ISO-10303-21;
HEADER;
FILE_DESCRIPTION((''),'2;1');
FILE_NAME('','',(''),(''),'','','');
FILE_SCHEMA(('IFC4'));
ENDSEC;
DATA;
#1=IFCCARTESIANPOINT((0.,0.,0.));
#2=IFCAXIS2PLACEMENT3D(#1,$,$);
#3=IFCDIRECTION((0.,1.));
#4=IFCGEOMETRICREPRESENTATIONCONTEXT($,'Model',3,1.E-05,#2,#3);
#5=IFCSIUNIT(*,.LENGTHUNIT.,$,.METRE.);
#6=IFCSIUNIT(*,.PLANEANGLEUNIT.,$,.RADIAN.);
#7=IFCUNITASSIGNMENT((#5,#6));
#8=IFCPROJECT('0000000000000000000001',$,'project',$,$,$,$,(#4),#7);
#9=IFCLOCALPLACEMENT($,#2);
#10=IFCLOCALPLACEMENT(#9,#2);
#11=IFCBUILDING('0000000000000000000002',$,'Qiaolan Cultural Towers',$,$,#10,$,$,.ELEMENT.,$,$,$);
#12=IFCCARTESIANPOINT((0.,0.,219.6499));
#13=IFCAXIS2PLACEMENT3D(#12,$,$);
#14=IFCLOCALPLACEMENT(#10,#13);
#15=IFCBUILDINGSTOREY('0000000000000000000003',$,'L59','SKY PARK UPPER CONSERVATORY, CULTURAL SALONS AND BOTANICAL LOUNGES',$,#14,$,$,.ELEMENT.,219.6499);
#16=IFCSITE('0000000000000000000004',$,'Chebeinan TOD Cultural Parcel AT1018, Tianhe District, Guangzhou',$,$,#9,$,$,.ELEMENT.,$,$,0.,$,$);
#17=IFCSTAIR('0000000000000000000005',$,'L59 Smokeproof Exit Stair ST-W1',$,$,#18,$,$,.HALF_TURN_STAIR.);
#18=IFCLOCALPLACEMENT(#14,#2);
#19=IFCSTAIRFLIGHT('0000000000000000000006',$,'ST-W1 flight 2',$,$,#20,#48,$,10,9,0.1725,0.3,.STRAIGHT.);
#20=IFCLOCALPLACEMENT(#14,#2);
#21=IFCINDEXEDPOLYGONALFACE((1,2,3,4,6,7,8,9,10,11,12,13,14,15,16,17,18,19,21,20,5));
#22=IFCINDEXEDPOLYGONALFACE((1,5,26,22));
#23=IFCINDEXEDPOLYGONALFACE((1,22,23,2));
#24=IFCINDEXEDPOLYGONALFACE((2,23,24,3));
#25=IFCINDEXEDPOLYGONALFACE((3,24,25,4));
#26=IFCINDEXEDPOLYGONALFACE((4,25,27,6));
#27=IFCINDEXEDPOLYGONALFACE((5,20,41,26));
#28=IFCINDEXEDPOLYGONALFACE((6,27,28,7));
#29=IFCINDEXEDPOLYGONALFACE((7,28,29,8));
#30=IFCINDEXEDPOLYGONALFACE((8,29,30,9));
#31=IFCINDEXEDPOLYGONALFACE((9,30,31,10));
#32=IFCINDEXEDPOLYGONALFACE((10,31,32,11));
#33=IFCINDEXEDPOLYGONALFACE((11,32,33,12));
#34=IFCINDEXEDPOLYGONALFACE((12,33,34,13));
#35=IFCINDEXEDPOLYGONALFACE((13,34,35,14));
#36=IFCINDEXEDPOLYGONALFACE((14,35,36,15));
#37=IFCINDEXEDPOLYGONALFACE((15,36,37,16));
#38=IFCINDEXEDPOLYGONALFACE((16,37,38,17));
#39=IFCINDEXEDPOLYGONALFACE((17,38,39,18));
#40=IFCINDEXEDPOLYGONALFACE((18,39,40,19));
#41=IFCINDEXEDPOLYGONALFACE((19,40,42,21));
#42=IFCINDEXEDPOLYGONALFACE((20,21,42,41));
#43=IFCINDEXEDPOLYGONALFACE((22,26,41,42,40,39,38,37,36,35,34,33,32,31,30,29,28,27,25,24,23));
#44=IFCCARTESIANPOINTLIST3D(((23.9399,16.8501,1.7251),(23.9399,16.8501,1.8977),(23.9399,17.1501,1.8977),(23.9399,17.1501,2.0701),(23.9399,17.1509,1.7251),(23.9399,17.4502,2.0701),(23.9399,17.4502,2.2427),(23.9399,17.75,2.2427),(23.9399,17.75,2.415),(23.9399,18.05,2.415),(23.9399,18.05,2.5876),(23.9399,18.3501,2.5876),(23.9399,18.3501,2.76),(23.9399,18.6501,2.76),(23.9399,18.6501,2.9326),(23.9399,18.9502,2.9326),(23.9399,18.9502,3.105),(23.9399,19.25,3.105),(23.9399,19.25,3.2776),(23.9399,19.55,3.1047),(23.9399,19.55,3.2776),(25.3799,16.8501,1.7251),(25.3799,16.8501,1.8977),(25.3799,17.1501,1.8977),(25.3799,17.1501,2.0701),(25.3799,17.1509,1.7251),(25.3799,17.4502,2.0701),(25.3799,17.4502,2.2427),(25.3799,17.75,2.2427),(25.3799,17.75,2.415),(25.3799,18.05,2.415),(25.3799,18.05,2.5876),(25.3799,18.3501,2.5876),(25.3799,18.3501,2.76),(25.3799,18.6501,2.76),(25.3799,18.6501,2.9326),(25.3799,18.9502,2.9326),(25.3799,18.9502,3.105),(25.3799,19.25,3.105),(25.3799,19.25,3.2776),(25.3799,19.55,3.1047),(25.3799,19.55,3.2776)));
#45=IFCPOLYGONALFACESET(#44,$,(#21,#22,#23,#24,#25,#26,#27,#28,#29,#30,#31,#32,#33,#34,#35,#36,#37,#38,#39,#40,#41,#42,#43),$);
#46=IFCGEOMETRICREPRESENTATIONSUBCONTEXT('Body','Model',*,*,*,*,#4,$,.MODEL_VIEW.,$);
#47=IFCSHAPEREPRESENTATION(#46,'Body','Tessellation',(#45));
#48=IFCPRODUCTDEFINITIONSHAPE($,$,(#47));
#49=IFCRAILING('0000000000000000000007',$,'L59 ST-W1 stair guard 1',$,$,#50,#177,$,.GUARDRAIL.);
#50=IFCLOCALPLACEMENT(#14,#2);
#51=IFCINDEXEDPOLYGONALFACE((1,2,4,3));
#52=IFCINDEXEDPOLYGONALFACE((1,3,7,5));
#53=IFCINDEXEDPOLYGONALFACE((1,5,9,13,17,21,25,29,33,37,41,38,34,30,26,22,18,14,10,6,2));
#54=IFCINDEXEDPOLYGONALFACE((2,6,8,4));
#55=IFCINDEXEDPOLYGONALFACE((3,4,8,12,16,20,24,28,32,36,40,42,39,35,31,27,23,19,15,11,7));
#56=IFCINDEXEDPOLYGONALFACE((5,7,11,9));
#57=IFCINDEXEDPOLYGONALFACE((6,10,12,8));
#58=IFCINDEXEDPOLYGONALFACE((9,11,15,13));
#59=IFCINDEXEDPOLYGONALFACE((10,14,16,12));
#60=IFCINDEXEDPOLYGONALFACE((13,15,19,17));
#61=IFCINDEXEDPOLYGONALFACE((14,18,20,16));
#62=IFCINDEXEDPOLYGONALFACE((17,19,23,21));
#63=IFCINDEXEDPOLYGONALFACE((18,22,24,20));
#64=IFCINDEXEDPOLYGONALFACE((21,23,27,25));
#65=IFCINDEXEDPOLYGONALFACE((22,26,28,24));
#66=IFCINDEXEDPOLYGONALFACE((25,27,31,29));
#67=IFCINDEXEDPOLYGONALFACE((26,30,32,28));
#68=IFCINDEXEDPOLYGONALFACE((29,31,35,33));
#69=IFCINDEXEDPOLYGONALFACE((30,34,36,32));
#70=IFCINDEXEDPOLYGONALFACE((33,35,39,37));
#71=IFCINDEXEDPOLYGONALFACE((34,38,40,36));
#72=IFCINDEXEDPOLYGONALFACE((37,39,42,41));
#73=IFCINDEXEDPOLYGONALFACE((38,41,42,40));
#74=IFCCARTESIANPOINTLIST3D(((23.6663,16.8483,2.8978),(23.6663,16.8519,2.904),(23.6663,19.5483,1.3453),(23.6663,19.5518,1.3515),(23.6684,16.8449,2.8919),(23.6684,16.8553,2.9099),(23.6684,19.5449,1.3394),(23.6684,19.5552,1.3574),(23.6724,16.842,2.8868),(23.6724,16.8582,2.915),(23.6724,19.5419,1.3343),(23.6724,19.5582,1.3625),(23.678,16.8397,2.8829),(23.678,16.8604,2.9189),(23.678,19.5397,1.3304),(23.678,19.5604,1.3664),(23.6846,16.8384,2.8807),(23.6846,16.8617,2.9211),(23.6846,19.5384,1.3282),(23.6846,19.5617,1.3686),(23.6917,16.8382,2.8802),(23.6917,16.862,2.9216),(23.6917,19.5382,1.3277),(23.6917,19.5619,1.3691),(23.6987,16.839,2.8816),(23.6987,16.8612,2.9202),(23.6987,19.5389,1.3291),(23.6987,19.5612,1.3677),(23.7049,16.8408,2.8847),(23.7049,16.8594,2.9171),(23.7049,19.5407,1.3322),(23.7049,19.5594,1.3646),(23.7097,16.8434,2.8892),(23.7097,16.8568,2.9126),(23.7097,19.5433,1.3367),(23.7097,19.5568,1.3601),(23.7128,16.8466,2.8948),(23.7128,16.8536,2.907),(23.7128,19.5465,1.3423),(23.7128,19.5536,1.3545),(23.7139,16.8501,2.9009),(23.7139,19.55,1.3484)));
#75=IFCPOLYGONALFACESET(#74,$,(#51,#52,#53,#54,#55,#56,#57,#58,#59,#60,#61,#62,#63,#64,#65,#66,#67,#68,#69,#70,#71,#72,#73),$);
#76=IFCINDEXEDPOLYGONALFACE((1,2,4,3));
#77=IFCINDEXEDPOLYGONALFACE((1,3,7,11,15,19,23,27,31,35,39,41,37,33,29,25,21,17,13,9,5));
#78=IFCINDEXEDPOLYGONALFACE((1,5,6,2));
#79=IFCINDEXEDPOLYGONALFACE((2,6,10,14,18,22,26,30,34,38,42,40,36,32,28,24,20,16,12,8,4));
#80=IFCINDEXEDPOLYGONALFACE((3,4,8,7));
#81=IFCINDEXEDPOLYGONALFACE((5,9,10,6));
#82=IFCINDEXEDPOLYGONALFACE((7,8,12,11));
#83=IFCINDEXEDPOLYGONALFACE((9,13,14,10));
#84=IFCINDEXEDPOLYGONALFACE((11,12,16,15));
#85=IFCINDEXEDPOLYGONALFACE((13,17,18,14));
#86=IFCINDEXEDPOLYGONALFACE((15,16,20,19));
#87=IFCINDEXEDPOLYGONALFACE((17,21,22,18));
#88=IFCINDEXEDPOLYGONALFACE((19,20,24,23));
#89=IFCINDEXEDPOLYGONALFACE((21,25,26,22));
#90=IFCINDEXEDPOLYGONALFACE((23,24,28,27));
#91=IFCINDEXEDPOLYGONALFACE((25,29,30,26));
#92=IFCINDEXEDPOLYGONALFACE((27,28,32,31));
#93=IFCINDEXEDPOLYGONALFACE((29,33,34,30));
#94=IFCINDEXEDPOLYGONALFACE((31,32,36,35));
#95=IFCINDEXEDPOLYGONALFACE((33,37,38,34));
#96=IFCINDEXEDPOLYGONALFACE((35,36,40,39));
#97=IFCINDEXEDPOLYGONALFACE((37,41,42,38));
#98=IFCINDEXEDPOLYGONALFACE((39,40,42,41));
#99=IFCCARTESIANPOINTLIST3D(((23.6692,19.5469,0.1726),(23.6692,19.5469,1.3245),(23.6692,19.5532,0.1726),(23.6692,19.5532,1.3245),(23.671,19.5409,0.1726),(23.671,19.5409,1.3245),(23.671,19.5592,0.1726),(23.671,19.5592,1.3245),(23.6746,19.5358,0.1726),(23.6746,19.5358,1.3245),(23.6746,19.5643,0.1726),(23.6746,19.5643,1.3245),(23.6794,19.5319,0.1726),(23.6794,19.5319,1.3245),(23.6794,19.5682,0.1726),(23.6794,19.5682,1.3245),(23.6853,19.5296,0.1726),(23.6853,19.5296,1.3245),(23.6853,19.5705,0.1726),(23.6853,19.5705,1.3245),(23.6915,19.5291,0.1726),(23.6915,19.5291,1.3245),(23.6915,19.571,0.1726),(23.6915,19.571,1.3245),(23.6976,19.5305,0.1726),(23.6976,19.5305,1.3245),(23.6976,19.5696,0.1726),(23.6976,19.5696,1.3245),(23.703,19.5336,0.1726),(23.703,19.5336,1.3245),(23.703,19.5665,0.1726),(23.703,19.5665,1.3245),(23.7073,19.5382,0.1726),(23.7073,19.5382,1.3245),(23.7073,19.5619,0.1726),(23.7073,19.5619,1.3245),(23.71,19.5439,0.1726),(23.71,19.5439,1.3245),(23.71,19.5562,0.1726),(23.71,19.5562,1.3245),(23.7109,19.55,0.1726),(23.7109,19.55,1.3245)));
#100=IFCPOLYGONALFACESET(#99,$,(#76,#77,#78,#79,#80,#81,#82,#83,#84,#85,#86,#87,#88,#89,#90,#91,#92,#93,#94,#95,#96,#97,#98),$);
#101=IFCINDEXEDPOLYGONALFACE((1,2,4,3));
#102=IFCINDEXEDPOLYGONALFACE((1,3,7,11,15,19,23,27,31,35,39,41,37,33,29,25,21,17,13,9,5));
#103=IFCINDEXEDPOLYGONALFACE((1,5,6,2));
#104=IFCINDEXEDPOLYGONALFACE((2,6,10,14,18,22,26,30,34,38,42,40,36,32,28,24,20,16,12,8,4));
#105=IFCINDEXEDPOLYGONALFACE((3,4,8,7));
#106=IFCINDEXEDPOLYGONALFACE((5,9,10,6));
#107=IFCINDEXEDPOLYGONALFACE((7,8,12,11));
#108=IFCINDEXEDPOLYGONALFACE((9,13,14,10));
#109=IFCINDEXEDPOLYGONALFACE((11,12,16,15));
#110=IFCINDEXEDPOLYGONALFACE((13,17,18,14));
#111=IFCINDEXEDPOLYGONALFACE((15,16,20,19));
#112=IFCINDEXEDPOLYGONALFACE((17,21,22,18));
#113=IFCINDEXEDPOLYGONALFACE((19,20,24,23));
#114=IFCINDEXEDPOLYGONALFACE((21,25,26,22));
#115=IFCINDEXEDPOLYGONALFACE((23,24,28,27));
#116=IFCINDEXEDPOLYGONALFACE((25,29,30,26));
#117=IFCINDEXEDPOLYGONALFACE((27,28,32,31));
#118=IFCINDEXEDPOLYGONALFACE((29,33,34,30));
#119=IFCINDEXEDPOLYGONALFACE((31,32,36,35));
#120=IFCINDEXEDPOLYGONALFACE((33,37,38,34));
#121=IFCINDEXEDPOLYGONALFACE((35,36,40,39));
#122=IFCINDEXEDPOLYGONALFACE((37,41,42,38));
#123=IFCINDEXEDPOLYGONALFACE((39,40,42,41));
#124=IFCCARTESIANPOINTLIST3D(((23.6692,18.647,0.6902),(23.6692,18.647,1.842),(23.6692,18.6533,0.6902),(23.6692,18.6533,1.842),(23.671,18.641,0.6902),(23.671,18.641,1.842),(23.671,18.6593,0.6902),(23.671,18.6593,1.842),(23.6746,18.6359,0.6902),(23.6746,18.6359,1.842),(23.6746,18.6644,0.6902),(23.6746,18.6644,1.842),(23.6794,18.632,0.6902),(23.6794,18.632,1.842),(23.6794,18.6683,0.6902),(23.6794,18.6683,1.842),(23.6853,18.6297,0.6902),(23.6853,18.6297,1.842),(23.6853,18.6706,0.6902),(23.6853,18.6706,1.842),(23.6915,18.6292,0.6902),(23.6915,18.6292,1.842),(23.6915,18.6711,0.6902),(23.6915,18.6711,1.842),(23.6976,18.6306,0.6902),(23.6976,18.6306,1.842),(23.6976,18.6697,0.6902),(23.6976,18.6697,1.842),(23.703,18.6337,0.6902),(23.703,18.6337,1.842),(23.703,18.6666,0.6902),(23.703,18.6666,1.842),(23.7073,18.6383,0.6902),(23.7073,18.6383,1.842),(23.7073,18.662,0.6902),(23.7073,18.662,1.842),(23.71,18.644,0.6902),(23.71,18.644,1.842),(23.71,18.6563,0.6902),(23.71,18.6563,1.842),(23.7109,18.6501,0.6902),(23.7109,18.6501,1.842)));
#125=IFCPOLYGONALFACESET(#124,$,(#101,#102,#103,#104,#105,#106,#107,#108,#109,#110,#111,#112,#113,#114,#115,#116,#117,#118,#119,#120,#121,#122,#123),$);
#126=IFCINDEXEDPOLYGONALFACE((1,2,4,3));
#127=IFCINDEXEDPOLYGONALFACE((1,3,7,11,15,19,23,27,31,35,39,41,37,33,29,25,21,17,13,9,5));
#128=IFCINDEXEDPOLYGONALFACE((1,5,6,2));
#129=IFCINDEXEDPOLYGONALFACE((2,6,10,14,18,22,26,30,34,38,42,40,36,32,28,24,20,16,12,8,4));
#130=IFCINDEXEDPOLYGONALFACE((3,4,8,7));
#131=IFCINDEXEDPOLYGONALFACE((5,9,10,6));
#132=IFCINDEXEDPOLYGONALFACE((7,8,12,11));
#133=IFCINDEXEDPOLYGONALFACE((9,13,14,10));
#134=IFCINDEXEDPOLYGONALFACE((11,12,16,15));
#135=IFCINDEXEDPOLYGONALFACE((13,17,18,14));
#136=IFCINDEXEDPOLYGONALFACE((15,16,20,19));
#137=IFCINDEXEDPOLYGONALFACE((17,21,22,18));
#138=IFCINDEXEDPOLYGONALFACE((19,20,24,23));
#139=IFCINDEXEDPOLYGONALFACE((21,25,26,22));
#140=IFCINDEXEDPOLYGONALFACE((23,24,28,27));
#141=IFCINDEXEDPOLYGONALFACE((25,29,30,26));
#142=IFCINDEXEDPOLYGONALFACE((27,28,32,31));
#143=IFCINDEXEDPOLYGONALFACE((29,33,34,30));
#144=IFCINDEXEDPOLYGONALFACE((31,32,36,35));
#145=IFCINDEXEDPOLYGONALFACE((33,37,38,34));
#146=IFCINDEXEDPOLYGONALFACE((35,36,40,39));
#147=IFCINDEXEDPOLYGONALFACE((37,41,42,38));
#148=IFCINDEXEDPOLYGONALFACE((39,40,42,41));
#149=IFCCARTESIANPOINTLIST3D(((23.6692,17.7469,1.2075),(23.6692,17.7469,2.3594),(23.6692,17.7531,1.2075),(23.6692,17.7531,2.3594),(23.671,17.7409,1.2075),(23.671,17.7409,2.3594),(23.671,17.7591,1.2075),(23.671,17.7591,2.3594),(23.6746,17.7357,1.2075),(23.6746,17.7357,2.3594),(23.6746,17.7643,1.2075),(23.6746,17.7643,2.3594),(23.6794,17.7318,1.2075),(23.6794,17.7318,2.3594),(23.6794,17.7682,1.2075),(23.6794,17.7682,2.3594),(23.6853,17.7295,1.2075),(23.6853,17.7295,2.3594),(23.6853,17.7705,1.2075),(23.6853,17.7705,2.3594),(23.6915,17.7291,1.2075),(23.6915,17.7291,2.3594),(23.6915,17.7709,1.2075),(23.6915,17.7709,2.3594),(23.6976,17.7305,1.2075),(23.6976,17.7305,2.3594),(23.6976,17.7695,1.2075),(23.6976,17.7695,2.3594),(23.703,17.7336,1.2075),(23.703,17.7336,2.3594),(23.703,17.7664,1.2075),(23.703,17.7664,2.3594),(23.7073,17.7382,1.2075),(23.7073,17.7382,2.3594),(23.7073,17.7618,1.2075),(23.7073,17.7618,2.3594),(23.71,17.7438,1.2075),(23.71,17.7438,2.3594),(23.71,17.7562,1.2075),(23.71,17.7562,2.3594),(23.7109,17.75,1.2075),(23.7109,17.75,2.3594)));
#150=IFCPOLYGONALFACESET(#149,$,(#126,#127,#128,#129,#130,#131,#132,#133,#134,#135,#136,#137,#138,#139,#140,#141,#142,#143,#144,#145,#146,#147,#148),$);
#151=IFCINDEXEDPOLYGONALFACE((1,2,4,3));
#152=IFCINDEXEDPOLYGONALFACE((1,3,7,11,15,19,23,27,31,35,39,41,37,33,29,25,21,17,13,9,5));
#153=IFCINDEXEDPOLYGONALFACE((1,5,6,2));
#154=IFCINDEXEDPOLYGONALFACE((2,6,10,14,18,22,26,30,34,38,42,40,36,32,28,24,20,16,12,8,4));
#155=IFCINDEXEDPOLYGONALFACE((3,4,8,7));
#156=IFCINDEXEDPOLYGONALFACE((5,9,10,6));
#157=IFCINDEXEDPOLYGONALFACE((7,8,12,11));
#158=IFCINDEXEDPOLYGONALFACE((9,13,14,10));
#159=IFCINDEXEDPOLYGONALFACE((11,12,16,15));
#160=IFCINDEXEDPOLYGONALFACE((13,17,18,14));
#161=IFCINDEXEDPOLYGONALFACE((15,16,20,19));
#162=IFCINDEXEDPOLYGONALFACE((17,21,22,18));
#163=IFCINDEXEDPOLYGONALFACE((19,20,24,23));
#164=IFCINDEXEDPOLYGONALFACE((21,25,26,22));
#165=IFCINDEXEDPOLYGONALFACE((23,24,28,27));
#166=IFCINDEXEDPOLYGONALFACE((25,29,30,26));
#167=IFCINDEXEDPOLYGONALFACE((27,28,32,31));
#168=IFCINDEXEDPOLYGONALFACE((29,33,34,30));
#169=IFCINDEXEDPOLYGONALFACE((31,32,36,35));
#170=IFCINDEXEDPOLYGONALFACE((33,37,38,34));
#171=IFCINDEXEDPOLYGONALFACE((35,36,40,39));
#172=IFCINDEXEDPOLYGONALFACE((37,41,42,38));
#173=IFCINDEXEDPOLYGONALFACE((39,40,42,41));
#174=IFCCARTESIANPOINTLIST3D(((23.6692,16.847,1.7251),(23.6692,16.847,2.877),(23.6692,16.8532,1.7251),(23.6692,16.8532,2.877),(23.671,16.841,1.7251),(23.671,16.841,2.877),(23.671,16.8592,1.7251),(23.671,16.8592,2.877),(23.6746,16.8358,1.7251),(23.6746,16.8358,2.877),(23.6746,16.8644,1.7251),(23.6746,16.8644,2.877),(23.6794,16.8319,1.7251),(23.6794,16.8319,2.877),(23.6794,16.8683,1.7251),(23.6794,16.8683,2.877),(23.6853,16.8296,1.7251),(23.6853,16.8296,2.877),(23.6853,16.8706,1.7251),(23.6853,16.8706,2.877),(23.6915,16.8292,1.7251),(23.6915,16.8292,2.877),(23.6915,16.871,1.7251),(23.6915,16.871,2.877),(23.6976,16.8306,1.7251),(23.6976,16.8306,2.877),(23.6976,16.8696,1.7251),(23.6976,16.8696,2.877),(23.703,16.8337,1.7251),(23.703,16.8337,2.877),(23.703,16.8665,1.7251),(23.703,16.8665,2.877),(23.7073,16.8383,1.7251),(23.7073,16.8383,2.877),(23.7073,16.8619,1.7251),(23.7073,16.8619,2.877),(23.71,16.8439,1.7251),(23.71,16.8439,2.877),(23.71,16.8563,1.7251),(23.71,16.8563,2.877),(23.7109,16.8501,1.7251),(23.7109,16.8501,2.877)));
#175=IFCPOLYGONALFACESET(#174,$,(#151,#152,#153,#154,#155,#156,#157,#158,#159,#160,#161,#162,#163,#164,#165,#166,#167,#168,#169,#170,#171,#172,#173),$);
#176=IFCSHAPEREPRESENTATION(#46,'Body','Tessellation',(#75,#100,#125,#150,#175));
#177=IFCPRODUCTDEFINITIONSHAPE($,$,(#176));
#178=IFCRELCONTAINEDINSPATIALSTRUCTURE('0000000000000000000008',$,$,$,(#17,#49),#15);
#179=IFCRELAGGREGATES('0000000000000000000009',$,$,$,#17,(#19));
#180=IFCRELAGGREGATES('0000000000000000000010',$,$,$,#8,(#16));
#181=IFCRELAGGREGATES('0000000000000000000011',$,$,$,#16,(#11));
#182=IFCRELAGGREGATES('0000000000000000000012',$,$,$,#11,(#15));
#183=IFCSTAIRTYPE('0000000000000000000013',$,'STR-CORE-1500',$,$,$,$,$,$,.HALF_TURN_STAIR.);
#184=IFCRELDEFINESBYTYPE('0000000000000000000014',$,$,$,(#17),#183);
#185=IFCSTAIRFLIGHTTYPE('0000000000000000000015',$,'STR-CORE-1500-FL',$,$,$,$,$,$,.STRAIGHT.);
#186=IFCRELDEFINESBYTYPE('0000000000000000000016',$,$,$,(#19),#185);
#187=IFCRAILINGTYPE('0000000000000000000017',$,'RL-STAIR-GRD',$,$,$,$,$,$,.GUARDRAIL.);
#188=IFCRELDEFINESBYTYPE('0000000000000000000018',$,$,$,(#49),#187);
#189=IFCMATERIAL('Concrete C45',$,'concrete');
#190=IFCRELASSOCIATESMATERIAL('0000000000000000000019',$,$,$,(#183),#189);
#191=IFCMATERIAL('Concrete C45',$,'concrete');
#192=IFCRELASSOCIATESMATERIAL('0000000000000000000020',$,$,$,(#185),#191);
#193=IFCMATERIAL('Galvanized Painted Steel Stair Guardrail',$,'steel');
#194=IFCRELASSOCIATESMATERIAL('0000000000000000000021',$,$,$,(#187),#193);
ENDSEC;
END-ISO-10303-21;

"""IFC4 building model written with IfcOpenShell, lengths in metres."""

from ifc_helpers import new_model, si_unit, direction, frame, origin, origin_2d, place, context, subcontext, project, spatial, polyline, circle, outline, extrude, material, type_object, element, aggregate, save


model = new_model("IFC4")

# Units and contexts
model_context = context("Model", 3, precision=1e-05, world=origin(), true_north=direction((0.0, 1.0)))
body_context = subcontext(model_context, "Body", "Model", "MODEL_VIEW")
ifc_project = project(units=[si_unit("LENGTHUNIT", "METRE"), si_unit("PLANEANGLEUNIT", "RADIAN")], contexts=[model_context])

# Site, building, storey
site_placement = place(None, origin())
site = spatial("IfcSite", under=ifc_project, at=site_placement, Name="Chebeinan TOD Cultural Parcel AT1018, Tianhe District, Guangzhou", CompositionType="ELEMENT", RefElevation=0.0)
building_placement = place(site_placement, origin())
building = spatial("IfcBuilding", under=site, at=building_placement, Name="Qiaolan Cultural Towers", CompositionType="ELEMENT")
storey_placement = place(building_placement, frame((0.0, 0.0, 219.6499)))
storey = spatial("IfcBuildingStorey", under=building, at=storey_placement, Name="L59", Description="SKY PARK UPPER CONSERVATORY, CULTURAL SALONS AND BOTANICAL LOUNGES", CompositionType="ELEMENT", Elevation=219.6499)

# Stair, stair flight
ifc_material_1 = material(Name="Concrete C45", Category="concrete")
stair_type = type_object("IfcStairType", Name="STR-CORE-1500", PredefinedType="HALF_TURN_STAIR", material=ifc_material_1)
stair_placement = place(storey_placement, origin())
stair = element("IfcStair", 1, at=stair_placement, inside=storey, type_object=stair_type, Name="L59 Smokeproof Exit Stair ST-W1", PredefinedType="HALF_TURN_STAIR")
ifc_material_2 = material(Name="Concrete C45", Category="concrete")
stair_flight_type = type_object("IfcStairFlightType", Name="STR-CORE-1500-FL", PredefinedType="STRAIGHT", material=ifc_material_2)
stair_flight_1_placement = place(storey_placement, frame((24.6599, 16.8501, 1.7251), z_axis=(0.0, 0.0, 1.0), x_axis=(0.0, 1.0, 0.0)))
stair_flight_1 = element("IfcStairFlight", 2, at=stair_flight_1_placement, type_object=stair_flight_type, Name="ST-W1 flight 2", NumberOfRisers=10, NumberOfTreads=9, PredefinedType="STRAIGHT", RiserHeight=0.1725, TreadLength=0.3, context=body_context, shape_type="SweptSolid", body=[
    extrude(outline(polyline([(0.0, 0.0), (0.0, 0.1726), (0.3, 0.1726), (0.3, 0.345), (0.6001, 0.345), (0.6001, 0.5176), (0.8999, 0.5176), (0.8999, 0.6899), (1.2, 0.6899), (1.2, 0.8625), (1.5, 0.8625), (1.5, 1.0349), (1.8, 1.0349), (1.8, 1.2075), (2.1001, 1.2075), (2.1001, 1.3799), (2.3999, 1.3799), (2.3999, 1.5525), (2.7, 1.5525), (2.7, 1.7251), (2.7, 1.3796), (0.3008, 0.0), (0.0, 0.0)])), frame((0.0, 0.72, 0.0), z_axis=(0.0, -1.0, 0.0), x_axis=(1.0, 0.0, 0.0)), (0.0, 0.0, 1.0), 1.4399),
])
aggregate(stair, [stair_flight_1])

# Railing
ifc_material_3 = material(Name="Galvanized Painted Steel Stair Guardrail", Category="steel")
railing_type_1 = type_object("IfcRailingType", Name="RL-STAIR-GRD", PredefinedType="GUARDRAIL", material=ifc_material_3)
railing_1_placement = place(storey_placement, frame((23.6899, 19.55, 0.1726)))
element("IfcRailing", 3, at=railing_1_placement, inside=storey, type_object=railing_type_1, Name="L59 ST-W1 stair guard 1", PredefinedType="GUARDRAIL", context=body_context, shape_type="SweptSolid", body=[
    extrude(circle(Radius=0.0239, at=origin_2d()), frame((0.0, 0.0, 1.1758), z_axis=(0.0, -0.866904, 0.498476), x_axis=(1.0, 0.0, 0.0)), (0.0, 0.0, 1.0), 3.1145),
    extrude(circle(Radius=0.021, at=origin_2d()), origin(), (0.0, 0.0, 1.0), 1.1519),
    extrude(circle(Radius=0.021, at=origin_2d()), frame((0.0, -0.8999, 0.5176)), (0.0, 0.0, 1.0), 1.1519),
    extrude(circle(Radius=0.021, at=origin_2d()), frame((0.0, -1.8, 1.0349)), (0.0, 0.0, 1.0), 1.1519),
    extrude(circle(Radius=0.021, at=origin_2d()), frame((0.0, -2.7, 1.5525)), (0.0, 0.0, 1.0), 1.1519),
])

save(model, "model.ifc")
